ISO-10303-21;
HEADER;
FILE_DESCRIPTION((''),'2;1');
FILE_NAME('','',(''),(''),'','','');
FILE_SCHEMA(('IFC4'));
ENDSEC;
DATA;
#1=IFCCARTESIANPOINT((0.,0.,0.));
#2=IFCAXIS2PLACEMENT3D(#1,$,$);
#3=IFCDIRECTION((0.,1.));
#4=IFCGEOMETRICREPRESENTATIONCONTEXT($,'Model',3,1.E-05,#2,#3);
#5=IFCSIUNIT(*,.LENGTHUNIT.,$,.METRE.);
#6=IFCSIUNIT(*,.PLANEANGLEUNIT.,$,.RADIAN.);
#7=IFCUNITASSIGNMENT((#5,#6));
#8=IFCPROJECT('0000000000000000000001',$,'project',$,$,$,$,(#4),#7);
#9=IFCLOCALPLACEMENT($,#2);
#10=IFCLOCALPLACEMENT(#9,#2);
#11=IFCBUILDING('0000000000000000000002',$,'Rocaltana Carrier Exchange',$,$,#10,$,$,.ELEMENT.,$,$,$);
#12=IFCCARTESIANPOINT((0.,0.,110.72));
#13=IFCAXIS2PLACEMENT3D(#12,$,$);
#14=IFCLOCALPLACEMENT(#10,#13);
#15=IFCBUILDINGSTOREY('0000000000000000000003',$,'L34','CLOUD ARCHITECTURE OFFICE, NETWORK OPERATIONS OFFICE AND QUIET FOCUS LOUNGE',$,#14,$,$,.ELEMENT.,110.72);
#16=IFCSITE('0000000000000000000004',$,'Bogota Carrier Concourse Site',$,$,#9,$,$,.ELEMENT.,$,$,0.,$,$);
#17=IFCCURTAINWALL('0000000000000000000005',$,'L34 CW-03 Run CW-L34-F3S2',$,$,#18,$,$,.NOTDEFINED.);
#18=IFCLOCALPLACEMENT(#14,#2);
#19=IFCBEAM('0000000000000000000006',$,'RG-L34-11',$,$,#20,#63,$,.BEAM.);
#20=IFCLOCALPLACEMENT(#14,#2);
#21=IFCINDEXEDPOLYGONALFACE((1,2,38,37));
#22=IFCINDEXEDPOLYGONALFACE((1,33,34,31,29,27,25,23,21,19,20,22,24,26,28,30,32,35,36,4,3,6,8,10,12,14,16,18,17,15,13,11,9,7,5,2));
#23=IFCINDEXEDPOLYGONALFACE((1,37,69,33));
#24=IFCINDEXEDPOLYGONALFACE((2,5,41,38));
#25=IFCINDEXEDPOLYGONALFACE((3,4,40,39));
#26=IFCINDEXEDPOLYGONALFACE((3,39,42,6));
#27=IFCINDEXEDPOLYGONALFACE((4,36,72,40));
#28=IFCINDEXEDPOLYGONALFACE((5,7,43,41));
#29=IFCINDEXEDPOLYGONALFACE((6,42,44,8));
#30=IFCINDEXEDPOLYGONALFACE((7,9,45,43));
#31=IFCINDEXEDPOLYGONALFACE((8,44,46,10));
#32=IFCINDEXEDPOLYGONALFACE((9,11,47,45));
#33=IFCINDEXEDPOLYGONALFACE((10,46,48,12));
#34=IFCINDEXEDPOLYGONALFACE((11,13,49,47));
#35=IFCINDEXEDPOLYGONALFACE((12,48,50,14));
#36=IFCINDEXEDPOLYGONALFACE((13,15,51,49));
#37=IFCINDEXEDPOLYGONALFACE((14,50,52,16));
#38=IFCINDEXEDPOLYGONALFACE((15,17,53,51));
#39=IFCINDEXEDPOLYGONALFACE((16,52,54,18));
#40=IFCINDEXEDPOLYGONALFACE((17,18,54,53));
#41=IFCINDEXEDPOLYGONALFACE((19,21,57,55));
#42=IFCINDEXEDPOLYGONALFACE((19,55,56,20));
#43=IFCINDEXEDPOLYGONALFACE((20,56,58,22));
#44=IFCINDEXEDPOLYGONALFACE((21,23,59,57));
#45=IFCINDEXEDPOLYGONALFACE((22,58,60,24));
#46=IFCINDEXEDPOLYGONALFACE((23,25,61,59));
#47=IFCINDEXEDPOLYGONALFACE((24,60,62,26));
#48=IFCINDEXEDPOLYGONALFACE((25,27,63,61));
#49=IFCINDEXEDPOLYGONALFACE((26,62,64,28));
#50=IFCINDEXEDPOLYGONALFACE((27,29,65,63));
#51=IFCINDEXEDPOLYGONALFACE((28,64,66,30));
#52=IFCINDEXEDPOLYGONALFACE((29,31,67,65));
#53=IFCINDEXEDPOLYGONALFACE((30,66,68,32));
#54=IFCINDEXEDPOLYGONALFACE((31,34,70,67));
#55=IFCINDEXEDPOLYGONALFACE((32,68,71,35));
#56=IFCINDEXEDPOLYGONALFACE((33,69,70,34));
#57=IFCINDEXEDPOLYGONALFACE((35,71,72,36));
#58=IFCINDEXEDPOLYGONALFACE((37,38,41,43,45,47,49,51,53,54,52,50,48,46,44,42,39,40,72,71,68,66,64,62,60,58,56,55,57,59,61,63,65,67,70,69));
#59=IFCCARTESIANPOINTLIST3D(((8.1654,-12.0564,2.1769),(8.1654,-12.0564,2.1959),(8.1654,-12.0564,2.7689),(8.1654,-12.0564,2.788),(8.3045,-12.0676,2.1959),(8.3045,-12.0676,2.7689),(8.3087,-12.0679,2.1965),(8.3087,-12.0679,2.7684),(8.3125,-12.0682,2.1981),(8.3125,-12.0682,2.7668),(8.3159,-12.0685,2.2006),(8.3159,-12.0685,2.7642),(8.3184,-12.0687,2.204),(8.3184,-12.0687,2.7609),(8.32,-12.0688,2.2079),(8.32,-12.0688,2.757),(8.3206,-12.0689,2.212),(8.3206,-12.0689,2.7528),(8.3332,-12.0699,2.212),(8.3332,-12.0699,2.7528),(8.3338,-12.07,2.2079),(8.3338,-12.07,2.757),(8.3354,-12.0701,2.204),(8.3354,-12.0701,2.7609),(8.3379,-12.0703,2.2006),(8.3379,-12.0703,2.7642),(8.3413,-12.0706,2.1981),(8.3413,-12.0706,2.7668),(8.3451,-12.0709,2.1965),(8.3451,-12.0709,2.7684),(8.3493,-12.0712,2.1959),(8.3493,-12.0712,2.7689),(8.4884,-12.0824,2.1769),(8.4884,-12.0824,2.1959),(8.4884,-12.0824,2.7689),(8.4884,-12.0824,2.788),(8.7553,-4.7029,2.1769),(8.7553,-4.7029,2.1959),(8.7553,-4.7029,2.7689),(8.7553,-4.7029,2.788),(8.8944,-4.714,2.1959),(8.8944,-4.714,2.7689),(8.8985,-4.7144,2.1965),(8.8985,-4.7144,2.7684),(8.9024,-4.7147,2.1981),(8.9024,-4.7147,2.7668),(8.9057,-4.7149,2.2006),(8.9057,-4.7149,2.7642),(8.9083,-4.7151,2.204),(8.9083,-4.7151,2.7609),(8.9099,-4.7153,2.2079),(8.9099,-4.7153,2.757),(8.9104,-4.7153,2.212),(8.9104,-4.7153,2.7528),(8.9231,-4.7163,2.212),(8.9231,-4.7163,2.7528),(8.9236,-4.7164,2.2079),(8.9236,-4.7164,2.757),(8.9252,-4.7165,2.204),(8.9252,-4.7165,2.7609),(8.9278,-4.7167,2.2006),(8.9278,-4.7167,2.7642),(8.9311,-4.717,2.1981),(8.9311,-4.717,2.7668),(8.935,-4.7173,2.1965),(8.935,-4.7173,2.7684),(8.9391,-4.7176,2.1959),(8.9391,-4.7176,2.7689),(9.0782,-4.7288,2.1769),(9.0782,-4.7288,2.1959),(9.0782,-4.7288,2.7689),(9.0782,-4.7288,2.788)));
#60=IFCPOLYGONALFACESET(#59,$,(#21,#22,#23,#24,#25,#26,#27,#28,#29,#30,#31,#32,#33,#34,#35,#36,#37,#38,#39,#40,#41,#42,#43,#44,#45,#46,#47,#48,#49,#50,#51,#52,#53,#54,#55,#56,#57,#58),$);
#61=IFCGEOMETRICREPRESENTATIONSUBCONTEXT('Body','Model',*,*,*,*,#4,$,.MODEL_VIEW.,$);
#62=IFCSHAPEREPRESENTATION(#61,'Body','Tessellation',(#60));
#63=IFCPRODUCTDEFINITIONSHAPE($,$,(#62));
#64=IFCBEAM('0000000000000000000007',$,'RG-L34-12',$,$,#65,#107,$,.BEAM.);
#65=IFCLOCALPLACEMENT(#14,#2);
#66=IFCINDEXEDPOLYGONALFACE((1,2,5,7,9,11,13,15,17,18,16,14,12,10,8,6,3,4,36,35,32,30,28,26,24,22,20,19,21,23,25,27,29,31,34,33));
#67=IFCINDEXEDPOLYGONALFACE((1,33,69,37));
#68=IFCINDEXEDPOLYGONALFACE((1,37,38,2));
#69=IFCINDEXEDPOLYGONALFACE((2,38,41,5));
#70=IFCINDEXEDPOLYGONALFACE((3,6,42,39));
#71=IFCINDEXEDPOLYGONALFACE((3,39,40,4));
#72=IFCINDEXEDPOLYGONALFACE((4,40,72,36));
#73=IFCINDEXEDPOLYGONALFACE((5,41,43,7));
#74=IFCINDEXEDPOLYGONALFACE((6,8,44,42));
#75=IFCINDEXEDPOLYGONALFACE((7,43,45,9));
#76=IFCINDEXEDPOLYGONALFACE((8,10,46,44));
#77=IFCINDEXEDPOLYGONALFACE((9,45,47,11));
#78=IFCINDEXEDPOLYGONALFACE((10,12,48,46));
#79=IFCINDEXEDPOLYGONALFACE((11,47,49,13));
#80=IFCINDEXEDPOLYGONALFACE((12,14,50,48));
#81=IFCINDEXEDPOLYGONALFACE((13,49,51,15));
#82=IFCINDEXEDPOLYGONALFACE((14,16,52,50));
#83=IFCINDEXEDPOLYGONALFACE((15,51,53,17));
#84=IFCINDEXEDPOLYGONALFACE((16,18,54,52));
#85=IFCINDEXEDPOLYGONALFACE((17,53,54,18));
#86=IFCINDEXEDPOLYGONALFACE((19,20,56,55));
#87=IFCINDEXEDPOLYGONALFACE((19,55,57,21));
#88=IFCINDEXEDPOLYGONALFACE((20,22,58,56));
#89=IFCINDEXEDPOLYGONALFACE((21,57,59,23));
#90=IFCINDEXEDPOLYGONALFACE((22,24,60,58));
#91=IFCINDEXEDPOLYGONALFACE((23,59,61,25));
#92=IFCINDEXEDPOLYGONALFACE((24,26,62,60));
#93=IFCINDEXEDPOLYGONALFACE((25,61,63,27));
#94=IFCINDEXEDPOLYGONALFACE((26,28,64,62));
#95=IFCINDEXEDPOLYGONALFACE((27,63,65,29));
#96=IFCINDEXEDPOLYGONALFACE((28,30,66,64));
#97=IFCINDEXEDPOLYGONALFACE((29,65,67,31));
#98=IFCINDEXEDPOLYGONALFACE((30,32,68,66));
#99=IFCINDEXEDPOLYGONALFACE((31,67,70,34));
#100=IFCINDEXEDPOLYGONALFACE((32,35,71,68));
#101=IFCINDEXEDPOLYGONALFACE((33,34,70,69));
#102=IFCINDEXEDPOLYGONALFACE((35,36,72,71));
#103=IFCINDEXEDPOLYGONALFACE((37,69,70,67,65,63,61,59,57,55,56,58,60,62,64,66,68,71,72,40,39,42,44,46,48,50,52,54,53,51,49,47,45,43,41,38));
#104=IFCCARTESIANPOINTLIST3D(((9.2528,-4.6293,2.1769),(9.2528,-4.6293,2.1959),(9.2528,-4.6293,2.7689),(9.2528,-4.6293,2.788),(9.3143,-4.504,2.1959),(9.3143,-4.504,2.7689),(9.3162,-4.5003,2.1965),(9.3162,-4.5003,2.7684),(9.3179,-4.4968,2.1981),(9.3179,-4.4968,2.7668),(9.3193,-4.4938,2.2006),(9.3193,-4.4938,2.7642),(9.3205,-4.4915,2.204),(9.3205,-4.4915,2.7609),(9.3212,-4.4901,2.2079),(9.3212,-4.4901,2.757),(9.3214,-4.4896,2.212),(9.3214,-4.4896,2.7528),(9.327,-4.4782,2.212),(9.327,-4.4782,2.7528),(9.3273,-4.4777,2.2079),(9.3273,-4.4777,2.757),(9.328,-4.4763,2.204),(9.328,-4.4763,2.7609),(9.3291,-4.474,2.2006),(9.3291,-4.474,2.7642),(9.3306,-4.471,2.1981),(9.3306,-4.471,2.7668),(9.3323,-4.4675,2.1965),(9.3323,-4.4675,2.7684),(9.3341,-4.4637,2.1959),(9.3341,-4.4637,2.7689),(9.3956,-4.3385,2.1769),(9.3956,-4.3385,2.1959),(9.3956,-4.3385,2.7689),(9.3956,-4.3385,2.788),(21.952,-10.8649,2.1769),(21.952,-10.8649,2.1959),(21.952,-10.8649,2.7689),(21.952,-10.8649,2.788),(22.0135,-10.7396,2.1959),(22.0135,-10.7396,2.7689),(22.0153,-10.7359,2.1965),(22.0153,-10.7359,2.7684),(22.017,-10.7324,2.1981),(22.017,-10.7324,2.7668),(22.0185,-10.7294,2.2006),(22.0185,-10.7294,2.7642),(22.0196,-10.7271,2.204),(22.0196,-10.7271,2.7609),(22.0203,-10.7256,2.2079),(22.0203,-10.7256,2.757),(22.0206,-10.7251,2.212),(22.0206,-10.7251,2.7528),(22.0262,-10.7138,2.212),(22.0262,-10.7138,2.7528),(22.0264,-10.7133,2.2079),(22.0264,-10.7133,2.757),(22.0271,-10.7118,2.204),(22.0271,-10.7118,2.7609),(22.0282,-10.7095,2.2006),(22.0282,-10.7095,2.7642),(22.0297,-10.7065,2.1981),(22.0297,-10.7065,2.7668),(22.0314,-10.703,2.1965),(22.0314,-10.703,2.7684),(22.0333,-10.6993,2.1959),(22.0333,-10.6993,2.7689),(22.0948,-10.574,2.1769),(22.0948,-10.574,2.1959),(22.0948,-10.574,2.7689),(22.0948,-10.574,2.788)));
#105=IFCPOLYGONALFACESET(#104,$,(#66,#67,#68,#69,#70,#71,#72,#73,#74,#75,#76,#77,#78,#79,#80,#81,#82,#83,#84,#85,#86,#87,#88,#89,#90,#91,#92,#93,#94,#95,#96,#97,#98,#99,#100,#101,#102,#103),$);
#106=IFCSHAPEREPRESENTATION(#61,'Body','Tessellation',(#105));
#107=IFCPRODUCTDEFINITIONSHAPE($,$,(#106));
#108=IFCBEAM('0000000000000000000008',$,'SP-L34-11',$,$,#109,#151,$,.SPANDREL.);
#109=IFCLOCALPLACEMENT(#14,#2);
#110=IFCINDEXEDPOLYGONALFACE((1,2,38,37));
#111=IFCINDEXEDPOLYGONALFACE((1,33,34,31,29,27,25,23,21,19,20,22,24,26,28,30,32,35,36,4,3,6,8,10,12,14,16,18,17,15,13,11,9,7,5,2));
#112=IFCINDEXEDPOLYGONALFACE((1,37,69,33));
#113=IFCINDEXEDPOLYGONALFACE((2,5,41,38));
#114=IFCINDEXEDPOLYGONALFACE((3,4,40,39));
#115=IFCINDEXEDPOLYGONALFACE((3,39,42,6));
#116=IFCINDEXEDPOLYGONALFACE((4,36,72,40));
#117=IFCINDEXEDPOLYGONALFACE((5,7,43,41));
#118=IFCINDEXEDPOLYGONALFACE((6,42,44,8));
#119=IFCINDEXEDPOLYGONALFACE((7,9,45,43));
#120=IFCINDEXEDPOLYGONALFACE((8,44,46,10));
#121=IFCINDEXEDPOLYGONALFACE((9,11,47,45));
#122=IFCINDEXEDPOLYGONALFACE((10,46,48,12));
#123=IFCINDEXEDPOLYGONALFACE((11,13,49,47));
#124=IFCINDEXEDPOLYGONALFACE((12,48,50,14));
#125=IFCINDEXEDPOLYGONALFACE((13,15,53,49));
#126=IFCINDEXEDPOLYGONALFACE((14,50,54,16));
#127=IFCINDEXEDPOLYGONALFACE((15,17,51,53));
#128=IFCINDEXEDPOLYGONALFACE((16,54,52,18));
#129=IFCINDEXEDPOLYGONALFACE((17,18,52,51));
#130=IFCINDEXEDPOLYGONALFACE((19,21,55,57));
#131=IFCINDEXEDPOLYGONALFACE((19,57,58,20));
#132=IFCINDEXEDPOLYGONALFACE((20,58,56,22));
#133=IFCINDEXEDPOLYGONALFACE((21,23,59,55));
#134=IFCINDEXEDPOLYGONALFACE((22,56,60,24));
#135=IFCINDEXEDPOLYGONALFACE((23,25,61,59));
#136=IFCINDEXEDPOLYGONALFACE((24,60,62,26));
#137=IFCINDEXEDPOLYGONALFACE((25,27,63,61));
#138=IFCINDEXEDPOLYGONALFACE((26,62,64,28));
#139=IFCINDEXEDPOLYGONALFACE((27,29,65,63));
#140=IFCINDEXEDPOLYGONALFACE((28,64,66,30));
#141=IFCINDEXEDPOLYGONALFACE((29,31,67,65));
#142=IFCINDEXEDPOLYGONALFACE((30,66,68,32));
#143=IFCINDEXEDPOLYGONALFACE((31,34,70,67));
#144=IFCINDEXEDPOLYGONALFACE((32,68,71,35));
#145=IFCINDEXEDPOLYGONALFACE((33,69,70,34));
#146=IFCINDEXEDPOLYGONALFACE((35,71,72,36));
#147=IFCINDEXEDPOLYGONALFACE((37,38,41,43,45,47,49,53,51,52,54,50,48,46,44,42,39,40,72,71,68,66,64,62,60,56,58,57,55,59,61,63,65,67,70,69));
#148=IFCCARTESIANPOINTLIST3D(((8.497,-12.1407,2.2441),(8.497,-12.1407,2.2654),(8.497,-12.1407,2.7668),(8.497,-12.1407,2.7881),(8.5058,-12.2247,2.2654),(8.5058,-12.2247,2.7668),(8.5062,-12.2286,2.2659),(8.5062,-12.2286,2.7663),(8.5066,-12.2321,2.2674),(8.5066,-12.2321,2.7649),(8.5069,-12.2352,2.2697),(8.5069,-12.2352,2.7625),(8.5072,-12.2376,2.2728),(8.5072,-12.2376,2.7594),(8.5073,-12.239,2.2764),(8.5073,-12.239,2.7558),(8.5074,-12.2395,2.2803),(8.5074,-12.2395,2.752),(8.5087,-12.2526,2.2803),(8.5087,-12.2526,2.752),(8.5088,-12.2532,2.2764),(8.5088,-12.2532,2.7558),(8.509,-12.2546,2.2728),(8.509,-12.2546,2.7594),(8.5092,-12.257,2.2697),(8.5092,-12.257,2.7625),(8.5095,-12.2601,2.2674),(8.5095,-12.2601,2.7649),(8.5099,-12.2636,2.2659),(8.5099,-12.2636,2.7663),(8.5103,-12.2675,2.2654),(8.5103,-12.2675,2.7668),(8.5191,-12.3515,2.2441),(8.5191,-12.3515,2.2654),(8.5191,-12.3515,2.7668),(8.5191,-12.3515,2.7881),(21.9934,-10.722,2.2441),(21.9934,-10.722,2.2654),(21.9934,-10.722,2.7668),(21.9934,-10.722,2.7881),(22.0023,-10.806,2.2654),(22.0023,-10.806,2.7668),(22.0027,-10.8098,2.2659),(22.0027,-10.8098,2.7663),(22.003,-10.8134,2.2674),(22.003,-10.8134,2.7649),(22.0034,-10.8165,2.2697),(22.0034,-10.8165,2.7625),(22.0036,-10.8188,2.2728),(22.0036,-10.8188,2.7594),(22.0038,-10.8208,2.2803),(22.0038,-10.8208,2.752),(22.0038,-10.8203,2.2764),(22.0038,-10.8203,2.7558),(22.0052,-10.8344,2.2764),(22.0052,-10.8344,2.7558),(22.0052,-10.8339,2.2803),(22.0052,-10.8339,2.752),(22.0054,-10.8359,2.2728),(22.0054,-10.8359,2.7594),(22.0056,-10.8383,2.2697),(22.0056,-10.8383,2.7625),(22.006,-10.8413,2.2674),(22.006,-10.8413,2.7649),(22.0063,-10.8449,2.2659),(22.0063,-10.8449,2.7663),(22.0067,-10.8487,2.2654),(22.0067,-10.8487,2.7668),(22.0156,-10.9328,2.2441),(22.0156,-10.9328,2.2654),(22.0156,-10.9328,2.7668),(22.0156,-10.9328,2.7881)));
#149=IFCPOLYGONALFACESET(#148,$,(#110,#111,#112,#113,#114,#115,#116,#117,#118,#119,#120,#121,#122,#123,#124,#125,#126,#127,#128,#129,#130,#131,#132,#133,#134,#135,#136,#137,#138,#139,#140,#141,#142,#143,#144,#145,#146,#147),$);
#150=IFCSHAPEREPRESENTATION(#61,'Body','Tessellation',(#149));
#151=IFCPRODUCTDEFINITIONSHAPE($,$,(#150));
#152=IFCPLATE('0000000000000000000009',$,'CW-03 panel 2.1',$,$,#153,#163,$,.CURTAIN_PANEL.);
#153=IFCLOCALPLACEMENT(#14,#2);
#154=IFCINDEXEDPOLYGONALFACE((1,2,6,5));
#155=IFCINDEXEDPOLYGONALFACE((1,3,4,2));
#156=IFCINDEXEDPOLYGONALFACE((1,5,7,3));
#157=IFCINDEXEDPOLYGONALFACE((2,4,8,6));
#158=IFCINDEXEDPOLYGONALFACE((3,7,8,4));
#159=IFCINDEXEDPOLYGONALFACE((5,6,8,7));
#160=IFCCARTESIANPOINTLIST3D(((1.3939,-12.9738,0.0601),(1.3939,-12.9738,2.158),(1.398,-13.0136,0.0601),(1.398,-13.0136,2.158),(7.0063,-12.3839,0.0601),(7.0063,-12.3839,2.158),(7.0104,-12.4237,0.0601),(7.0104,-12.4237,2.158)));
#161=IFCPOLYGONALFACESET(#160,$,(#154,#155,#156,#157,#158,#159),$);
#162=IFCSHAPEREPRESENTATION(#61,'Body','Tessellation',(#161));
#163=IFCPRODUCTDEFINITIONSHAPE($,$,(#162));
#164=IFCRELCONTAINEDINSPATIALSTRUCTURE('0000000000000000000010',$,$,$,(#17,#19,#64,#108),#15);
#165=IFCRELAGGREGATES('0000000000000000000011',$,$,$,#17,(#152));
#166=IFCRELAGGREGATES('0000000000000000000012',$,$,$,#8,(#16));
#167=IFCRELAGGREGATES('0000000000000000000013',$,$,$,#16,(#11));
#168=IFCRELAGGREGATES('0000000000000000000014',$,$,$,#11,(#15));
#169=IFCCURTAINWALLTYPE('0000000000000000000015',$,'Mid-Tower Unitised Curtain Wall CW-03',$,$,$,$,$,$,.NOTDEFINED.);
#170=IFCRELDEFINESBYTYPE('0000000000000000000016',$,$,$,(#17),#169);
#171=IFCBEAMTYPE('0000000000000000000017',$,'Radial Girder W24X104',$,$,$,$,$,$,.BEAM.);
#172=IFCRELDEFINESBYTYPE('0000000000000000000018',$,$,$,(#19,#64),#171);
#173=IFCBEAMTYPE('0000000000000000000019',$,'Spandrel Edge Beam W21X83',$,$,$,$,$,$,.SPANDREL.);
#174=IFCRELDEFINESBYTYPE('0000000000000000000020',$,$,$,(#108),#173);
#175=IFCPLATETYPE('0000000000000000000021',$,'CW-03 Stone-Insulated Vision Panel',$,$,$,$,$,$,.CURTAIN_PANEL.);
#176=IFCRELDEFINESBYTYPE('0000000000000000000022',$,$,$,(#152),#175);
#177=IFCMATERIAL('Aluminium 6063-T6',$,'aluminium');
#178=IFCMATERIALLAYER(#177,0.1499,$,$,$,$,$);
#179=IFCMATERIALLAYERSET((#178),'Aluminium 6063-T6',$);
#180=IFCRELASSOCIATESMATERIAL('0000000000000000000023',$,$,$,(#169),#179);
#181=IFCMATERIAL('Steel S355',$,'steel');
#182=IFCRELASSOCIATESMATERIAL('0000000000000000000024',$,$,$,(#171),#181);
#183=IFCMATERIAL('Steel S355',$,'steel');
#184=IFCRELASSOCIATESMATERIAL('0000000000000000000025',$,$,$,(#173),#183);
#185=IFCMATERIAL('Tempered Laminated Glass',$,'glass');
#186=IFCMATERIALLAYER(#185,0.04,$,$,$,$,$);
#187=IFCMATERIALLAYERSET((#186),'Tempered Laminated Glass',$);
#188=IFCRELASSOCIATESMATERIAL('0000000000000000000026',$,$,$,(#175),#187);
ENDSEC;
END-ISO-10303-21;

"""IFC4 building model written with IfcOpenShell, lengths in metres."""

from ifc_helpers import new_model, si_unit, direction, frame, origin, origin_2d, place, context, subcontext, project, spatial, rectangle, i_section, extrude, material, layer, layer_set, material_profile, profile_set, type_object, element, aggregate, save


model = new_model("IFC4")

# Units and contexts
model_context = context("Model", 3, precision=1e-05, world=origin(), true_north=direction((0.0, 1.0)))
body_context = subcontext(model_context, "Body", "Model", "MODEL_VIEW")
ifc_project = project(units=[si_unit("LENGTHUNIT", "METRE"), si_unit("PLANEANGLEUNIT", "RADIAN")], contexts=[model_context])

# Site, building, storey
site_placement = place(None, origin())
site = spatial("IfcSite", under=ifc_project, at=site_placement, Name="Bogota Carrier Concourse Site", CompositionType="ELEMENT", RefElevation=0.0)
building_placement = place(site_placement, origin())
building = spatial("IfcBuilding", under=site, at=building_placement, Name="Rocaltana Carrier Exchange", CompositionType="ELEMENT")
storey_placement = place(building_placement, frame((0.0, 0.0, 110.72)))
storey = spatial("IfcBuildingStorey", under=building, at=storey_placement, Name="L34", Description="CLOUD ARCHITECTURE OFFICE, NETWORK OPERATIONS OFFICE AND QUIET FOCUS LOUNGE", CompositionType="ELEMENT", Elevation=110.72)

# Curtain wall
ifc_material_1 = material(Name="Aluminium 6063-T6", Category="aluminium")
ifc_layer_1 = layer(ifc_material_1, 0.1499)
ifc_layer_set_1 = layer_set([ifc_layer_1], Name="Aluminium 6063-T6")
curtain_wall_type = type_object("IfcCurtainWallType", Name="Mid-Tower Unitised Curtain Wall CW-03", PredefinedType="NOTDEFINED", material=ifc_layer_set_1)
curtain_wall_placement = place(storey_placement, origin())
curtain_wall = element("IfcCurtainWall", 1, at=curtain_wall_placement, inside=storey, type_object=curtain_wall_type, Name="L34 CW-03 Run CW-L34-F3S2", PredefinedType="NOTDEFINED")

# Beams
ifc_material_2 = material(Name="Steel S355", Category="steel")
ifc_material_profile_1 = material_profile(ifc_material_2, i_section(OverallWidth=0.324, OverallDepth=0.6111, WebThickness=0.0127, FlangeThickness=0.019, FilletRadius=0.0161, at=origin_2d()), Name="W24X104")
ifc_profile_set_1 = profile_set([ifc_material_profile_1], Name="Steel S355")
beam_type_1 = type_object("IfcBeamType", Name="Radial Girder W24X104", PredefinedType="BEAM", material=ifc_profile_set_1)
beam_1_placement = place(storey_placement, frame((8.9167, -4.7158, 2.4824), z_axis=(-0.079956, -0.996798, 0.0), x_axis=(0.996798, -0.079956, 0.0)))
element("IfcBeam", 2, at=beam_1_placement, inside=storey, type_object=beam_type_1, Name="RG-L34-11", PredefinedType="BEAM", context=body_context, shape_type="SweptSolid", body=[
    extrude(i_section(OverallWidth=0.324, OverallDepth=0.6111, WebThickness=0.0127, FlangeThickness=0.019, FilletRadius=0.0161, at=origin_2d()), origin(), (0.0, 0.0, 1.0), 7.3772),
])
beam_2_placement = place(storey_placement, frame((9.3242, -4.4839, 2.4824), z_axis=(0.897628, -0.440755, 0.0), x_axis=(0.440755, 0.897628, 0.0)))
element("IfcBeam", 3, at=beam_2_placement, inside=storey, type_object=beam_type_1, Name="RG-L34-12", PredefinedType="BEAM", context=body_context, shape_type="SweptSolid", body=[
    extrude(i_section(OverallWidth=0.324, OverallDepth=0.6111, WebThickness=0.0127, FlangeThickness=0.019, FilletRadius=0.0161, at=origin_2d()), origin(), (0.0, 0.0, 1.0), 14.1475),
])
ifc_material_3 = material(Name="Steel S355", Category="steel")
ifc_material_profile_2 = material_profile(ifc_material_3, i_section(OverallWidth=0.2119, OverallDepth=0.5439, WebThickness=0.0132, FlangeThickness=0.0212, FilletRadius=0.0149, at=origin_2d()), Name="W21X83")
ifc_profile_set_2 = profile_set([ifc_material_profile_2], Name="Steel S355")
beam_type_2 = type_object("IfcBeamType", Name="Spandrel Edge Beam W21X83", PredefinedType="SPANDREL", material=ifc_profile_set_2)
beam_3_placement = place(storey_placement, frame((8.5081, -12.2461, 2.5161), z_axis=(0.994521, 0.104542, 0.0), x_axis=(-0.104542, 0.994521, 0.0)))
element("IfcBeam", 4, at=beam_3_placement, inside=storey, type_object=beam_type_2, Name="SP-L34-11", PredefinedType="SPANDREL", context=body_context, shape_type="SweptSolid", body=[
    extrude(i_section(OverallWidth=0.2119, OverallDepth=0.5439, WebThickness=0.0132, FlangeThickness=0.0212, FilletRadius=0.0149, at=origin_2d()), origin(), (0.0, 0.0, 1.0), 13.5708),
])

# Plate
ifc_material_4 = material(Name="Tempered Laminated Glass", Category="glass")
ifc_layer_2 = layer(ifc_material_4, 0.04)
ifc_layer_set_2 = layer_set([ifc_layer_2], Name="Tempered Laminated Glass")
plate_type = type_object("IfcPlateType", Name="CW-03 Stone-Insulated Vision Panel", PredefinedType="CURTAIN_PANEL", material=ifc_layer_set_2)
plate_placement = place(storey_placement, frame((4.2021, -12.6987, 0.0601), z_axis=(0.0, 0.0, 1.0), x_axis=(0.994522, 0.10453, 0.0)))
plate = element("IfcPlate", 5, at=plate_placement, type_object=plate_type, Name="CW-03 panel 2.1", PredefinedType="CURTAIN_PANEL", context=body_context, shape_type="SweptSolid", body=[
    extrude(rectangle(XDim=5.6433, YDim=0.04, at=origin_2d()), origin(), (0.0, 0.0, 1.0), 2.0979),
])
aggregate(curtain_wall, [plate])

save(model, "model.ifc")
